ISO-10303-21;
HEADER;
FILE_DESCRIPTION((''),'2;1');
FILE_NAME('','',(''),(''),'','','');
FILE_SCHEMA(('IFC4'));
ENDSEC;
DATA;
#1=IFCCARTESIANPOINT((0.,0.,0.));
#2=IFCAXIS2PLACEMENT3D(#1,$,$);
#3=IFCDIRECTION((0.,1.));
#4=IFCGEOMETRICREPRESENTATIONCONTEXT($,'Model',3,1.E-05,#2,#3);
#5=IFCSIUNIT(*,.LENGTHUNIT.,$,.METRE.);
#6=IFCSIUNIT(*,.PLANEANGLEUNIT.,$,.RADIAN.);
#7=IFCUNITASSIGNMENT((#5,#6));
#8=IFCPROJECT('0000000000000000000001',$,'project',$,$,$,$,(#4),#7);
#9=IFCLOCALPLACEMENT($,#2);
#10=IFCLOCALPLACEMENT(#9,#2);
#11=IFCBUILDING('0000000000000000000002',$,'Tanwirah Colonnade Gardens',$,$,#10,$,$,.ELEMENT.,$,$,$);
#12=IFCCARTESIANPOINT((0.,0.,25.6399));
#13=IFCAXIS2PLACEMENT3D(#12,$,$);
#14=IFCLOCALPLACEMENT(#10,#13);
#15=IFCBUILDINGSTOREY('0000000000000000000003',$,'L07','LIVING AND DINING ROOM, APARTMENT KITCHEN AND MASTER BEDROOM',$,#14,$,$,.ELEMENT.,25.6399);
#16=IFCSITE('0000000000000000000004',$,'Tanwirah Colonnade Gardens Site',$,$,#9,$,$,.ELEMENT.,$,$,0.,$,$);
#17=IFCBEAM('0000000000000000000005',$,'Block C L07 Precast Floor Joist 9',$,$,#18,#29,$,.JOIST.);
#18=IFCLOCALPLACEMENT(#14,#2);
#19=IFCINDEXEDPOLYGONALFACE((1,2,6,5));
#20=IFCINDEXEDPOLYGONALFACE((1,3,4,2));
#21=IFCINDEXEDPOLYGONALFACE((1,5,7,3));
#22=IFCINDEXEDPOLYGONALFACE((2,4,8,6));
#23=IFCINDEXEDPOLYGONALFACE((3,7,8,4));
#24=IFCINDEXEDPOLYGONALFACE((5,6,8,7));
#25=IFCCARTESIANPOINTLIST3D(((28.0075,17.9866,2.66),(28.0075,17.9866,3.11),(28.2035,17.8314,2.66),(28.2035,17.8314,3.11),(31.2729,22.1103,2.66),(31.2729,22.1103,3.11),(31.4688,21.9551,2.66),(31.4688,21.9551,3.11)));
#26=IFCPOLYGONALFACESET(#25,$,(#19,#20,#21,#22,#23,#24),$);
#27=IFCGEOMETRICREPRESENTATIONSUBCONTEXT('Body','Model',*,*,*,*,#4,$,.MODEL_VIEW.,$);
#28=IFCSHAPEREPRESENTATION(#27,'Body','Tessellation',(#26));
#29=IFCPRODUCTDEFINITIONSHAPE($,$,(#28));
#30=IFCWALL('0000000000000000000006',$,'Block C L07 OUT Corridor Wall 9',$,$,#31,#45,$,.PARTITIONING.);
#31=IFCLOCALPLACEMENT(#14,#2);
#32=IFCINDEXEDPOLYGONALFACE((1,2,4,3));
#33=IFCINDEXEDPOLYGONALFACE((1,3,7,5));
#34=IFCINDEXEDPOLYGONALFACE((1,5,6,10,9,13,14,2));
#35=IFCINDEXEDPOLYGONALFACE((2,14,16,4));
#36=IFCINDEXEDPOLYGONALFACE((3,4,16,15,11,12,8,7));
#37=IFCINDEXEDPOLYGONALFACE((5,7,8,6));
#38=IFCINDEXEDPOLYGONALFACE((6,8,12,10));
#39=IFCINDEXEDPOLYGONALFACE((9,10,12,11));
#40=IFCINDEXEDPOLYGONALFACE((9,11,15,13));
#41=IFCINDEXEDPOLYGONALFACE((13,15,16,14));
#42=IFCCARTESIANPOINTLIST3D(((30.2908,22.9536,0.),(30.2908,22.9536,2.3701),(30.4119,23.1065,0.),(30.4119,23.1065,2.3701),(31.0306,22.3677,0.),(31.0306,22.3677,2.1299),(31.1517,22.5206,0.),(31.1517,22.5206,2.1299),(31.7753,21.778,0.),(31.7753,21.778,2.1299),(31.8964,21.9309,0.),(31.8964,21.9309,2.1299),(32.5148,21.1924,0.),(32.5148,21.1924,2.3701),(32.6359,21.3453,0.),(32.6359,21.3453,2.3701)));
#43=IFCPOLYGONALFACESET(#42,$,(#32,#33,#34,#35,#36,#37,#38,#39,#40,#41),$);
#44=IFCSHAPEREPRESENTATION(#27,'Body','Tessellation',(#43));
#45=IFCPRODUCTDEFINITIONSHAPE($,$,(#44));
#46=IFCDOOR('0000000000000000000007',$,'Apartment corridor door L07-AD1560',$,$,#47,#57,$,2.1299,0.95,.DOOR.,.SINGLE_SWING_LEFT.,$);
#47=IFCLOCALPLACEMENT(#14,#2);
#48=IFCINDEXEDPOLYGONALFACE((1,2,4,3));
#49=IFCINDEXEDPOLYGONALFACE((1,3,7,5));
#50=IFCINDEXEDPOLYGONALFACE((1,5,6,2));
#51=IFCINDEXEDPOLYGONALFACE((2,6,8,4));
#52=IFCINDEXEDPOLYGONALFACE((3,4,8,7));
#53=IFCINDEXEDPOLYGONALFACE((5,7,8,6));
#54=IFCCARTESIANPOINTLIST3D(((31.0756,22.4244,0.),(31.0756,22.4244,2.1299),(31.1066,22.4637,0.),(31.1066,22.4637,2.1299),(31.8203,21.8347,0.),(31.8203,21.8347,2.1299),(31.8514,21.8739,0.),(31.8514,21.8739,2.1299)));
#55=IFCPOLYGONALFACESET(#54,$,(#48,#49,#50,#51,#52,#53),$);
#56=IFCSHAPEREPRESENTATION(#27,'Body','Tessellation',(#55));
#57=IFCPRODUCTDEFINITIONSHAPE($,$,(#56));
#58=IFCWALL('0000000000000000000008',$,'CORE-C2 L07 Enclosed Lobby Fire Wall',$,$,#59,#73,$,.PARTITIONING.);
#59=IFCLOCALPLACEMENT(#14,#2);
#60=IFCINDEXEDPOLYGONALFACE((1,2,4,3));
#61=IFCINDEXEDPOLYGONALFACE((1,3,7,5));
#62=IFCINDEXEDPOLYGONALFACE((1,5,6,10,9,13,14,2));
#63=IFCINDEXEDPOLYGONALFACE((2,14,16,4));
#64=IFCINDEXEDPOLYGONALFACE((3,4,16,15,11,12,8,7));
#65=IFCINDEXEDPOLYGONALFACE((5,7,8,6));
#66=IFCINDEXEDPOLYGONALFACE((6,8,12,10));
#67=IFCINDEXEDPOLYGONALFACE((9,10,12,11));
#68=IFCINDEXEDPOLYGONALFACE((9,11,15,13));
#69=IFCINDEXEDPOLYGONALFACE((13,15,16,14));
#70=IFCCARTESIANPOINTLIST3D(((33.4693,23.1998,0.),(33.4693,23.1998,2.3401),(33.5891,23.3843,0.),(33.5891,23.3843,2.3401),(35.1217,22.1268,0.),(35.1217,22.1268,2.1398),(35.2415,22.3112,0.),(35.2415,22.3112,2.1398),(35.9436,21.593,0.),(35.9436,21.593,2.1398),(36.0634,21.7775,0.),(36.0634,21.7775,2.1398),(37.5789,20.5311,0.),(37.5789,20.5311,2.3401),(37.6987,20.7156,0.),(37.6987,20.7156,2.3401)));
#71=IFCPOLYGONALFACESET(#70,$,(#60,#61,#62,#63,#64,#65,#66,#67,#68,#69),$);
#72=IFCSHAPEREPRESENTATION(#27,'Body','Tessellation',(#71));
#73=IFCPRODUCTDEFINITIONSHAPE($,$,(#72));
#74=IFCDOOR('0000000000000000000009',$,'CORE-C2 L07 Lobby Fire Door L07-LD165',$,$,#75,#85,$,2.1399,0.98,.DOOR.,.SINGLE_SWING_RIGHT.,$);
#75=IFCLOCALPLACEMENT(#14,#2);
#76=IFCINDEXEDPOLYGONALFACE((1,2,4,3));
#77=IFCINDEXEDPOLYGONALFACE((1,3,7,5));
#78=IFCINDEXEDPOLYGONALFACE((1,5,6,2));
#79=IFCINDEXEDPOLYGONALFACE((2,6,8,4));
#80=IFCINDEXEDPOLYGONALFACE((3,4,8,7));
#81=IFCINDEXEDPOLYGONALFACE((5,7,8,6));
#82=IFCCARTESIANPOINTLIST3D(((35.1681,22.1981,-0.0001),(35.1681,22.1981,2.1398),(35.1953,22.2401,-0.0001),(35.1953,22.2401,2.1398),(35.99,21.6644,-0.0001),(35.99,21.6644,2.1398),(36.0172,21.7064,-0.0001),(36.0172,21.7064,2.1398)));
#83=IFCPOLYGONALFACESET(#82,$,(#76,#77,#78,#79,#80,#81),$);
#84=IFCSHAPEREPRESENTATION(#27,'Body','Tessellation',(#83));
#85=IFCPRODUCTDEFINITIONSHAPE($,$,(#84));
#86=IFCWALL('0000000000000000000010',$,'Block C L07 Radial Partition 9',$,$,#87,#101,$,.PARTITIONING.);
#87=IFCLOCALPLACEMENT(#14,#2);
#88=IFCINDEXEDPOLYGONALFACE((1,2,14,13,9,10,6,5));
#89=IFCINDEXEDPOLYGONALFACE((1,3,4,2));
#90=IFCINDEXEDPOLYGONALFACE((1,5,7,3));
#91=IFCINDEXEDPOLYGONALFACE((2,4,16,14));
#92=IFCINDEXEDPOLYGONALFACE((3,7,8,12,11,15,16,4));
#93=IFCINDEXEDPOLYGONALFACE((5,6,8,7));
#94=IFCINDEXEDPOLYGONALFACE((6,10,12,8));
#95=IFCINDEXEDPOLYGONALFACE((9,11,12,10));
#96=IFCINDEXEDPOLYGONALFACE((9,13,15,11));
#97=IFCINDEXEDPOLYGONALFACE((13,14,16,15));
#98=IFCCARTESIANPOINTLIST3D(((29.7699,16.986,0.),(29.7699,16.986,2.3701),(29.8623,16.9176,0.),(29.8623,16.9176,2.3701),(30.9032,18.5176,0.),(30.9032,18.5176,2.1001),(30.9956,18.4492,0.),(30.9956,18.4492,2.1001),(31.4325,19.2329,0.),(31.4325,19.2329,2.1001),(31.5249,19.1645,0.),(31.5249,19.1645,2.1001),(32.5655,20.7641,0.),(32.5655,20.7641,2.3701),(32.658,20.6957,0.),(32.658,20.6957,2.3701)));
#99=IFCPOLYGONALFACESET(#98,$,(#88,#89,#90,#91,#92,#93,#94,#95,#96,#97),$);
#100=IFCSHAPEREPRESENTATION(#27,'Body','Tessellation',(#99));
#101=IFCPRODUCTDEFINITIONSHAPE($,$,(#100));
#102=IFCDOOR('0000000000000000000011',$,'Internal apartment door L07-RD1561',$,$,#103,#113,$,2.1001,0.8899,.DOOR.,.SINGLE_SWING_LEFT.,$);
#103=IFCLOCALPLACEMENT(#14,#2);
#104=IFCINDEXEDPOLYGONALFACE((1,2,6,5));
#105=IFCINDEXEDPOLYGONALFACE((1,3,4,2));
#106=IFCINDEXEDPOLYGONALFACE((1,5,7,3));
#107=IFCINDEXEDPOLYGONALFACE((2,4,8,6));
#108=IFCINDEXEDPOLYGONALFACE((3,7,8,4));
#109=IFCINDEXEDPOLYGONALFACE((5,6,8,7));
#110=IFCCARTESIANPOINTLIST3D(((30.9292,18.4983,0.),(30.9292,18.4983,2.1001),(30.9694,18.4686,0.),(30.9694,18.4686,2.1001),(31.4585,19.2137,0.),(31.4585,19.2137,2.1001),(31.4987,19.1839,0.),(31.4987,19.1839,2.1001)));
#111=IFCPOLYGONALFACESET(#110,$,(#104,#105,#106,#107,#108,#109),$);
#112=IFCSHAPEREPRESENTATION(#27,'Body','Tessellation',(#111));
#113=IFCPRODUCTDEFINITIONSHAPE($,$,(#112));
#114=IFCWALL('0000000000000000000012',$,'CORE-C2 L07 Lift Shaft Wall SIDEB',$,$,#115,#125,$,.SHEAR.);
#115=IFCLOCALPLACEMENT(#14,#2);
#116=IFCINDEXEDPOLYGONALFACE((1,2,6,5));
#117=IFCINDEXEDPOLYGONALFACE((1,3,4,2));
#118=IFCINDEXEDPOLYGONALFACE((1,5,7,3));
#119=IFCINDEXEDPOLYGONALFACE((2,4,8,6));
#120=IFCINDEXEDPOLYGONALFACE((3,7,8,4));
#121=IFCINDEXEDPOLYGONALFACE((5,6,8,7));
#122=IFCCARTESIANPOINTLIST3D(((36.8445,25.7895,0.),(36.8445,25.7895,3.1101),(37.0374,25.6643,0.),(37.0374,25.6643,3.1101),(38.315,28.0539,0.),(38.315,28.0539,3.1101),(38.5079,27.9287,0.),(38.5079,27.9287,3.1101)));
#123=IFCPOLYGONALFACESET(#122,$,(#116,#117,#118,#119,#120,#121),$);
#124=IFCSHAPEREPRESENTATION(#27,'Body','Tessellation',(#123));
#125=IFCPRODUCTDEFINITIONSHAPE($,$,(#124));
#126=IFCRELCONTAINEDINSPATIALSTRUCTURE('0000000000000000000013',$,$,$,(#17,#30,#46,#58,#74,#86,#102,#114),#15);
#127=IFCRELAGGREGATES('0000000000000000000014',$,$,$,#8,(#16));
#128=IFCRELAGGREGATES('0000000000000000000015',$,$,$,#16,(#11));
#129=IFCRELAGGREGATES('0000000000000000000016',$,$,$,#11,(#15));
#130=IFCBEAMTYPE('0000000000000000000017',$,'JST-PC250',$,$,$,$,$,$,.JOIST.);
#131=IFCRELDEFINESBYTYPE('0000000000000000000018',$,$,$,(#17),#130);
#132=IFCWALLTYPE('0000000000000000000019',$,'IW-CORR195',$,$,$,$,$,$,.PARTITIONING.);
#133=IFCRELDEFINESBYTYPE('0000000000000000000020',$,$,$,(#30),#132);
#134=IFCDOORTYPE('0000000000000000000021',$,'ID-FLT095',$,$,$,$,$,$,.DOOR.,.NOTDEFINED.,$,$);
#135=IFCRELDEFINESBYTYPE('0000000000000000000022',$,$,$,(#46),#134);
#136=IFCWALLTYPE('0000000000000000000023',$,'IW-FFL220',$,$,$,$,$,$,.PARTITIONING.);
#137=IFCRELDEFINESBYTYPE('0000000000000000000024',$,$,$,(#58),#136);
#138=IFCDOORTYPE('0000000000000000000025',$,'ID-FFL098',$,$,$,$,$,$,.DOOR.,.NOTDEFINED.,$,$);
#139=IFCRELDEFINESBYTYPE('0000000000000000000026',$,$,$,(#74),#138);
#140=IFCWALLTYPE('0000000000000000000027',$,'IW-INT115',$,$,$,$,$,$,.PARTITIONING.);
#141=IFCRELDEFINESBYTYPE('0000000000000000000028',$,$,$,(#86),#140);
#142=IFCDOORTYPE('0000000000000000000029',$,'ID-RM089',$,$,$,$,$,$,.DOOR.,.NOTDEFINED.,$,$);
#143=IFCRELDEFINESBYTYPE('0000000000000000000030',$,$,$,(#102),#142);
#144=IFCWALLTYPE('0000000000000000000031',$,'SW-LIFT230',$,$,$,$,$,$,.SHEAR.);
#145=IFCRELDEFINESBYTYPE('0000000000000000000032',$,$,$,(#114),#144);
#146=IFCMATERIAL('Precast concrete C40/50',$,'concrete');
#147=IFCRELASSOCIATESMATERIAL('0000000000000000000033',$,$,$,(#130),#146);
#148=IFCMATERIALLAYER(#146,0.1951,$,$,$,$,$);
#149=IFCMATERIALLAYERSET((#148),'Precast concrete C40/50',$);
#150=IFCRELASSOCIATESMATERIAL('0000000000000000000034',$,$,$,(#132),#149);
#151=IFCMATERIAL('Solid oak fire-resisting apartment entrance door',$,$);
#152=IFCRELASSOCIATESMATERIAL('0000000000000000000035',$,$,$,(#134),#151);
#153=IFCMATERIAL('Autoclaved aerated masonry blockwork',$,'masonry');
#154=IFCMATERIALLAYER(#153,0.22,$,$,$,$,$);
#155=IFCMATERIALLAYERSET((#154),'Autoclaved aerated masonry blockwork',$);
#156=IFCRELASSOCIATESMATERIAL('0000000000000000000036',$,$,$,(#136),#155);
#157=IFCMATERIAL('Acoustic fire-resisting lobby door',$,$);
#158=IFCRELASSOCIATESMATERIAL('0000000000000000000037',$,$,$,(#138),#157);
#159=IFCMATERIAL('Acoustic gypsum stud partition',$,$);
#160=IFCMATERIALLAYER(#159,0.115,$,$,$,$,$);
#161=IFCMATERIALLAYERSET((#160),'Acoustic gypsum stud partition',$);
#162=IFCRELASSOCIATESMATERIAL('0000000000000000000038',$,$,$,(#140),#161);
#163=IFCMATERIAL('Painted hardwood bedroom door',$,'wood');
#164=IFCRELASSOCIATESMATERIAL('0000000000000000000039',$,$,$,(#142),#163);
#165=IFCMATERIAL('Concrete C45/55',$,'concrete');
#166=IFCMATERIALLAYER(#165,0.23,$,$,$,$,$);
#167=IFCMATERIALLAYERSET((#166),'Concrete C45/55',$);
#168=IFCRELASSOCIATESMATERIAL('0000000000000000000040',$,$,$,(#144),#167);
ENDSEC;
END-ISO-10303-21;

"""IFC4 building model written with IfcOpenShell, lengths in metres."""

from ifc_helpers import new_model, si_unit, direction, frame, frame_2d, origin, origin_2d, place, context, subcontext, project, spatial, rectangle, extrude, material, layer, layer_set, material_profile, profile_set, type_object, element, fill, save


model = new_model("IFC4")

# Units and contexts
model_context = context("Model", 3, precision=1e-05, world=origin(), true_north=direction((0.0, 1.0)))
body_context = subcontext(model_context, "Body", "Model", "MODEL_VIEW")
ifc_project = project(units=[si_unit("LENGTHUNIT", "METRE"), si_unit("PLANEANGLEUNIT", "RADIAN")], contexts=[model_context])

# Site, building, storey
site_placement = place(None, origin())
site = spatial("IfcSite", under=ifc_project, at=site_placement, Name="Tanwirah Colonnade Gardens Site", CompositionType="ELEMENT", RefElevation=0.0)
building_placement = place(site_placement, origin())
building = spatial("IfcBuilding", under=site, at=building_placement, Name="Tanwirah Colonnade Gardens", CompositionType="ELEMENT")
storey_placement = place(building_placement, frame((0.0, 0.0, 25.6399)))
storey = spatial("IfcBuildingStorey", under=building, at=storey_placement, Name="L07", Description="LIVING AND DINING ROOM, APARTMENT KITCHEN AND MASTER BEDROOM", CompositionType="ELEMENT", Elevation=25.6399)

# Shared definitions
ifc_material_1 = material(Name="Precast concrete C40/50", Category="concrete")

# Beam
ifc_material_profile_1 = material_profile(ifc_material_1, rectangle(XDim=0.25, YDim=0.45, at=origin_2d()), Name="PC-JST 250x450")
ifc_profile_set_1 = profile_set([ifc_material_profile_1], Name="Precast concrete C40/50")
beam_type_1 = type_object("IfcBeamType", Name="JST-PC250", PredefinedType="JOIST", material=ifc_profile_set_1)
beam_1_placement = place(storey_placement, frame((31.3708, 22.0327, 2.885), z_axis=(-0.620787, -0.783979, 0.0), x_axis=(0.783979, -0.620787, 0.0)))
element("IfcBeam", 1, at=beam_1_placement, inside=storey, type_object=beam_type_1, Name="Block C L07 Precast Floor Joist 9", PredefinedType="JOIST", context=body_context, shape_type="SweptSolid", body=[
    extrude(rectangle(XDim=0.25, YDim=0.45, at=origin_2d()), origin(), (0.0, 0.0, 1.0), 5.26),
])

# Walls, openings, doors
ifc_layer_1 = layer(ifc_material_1, 0.1951)
ifc_layer_set_1 = layer_set([ifc_layer_1], Name="Precast concrete C40/50")
wall_type_1 = type_object("IfcWallType", Name="IW-CORR195", PredefinedType="PARTITIONING", material=ifc_layer_set_1)
ifc_material_2 = material(Name="Solid oak fire-resisting apartment entrance door")
wall_1_placement = place(storey_placement, frame((30.3513, 23.03, 0.0), z_axis=(0.0, 0.0, 1.0), x_axis=(0.783966, -0.620804, 0.0)))
wall_1 = element("IfcWall", 2, at=wall_1_placement, inside=storey, type_object=wall_type_1, Name="Block C L07 OUT Corridor Wall 9", PredefinedType="PARTITIONING", context=body_context, shape_type="SweptSolid", body=[
    extrude(rectangle(XDim=2.8369, YDim=0.1951, at=frame_2d((1.4185, 0.0))), origin(), (0.0, 0.0, 1.0), 2.3701),
])
opening_1_placement = place(wall_1_placement, frame((0.9436, 0.0, 0.0)))
opening_1 = element("IfcOpeningElement", 3, at=opening_1_placement, cuts=wall_1, PredefinedType="OPENING", context=body_context, shape_type="SweptSolid", body=[
    extrude(rectangle(XDim=0.95, YDim=2.1299, at=frame_2d((0.4751, 1.0649))), frame((0.0, 0.1074, 0.0), z_axis=(0.0, -1.0, 0.0), x_axis=(1.0, 0.0, 0.0)), (0.0, 0.0, 1.0), 0.2151),
])
door_type_1 = type_object("IfcDoorType", Name="ID-FLT095", OperationType="NOTDEFINED", PredefinedType="DOOR", material=ifc_material_2)
door_1_placement = place(opening_1_placement, origin())
door_1 = element("IfcDoor", 4, at=door_1_placement, inside=storey, type_object=door_type_1, Name="Apartment corridor door L07-AD1560", OperationType="SINGLE_SWING_LEFT", OverallHeight=2.1299, OverallWidth=0.95, PredefinedType="DOOR", context=body_context, shape_type="SweptSolid", body=[
    extrude(rectangle(XDim=0.95, YDim=2.1299, at=frame_2d((0.4751, 1.0649))), frame((0.0, 0.0249, 0.0), z_axis=(0.0, -1.0, 0.0), x_axis=(1.0, 0.0, 0.0)), (0.0, 0.0, 1.0), 0.05),
])
fill(opening_1, door_1)
ifc_material_3 = material(Name="Autoclaved aerated masonry blockwork", Category="masonry")
ifc_layer_2 = layer(ifc_material_3, 0.22)
ifc_layer_set_2 = layer_set([ifc_layer_2], Name="Autoclaved aerated masonry blockwork")
wall_type_2 = type_object("IfcWallType", Name="IW-FFL220", PredefinedType="PARTITIONING", material=ifc_layer_set_2)
wall_2_placement = place(storey_placement, frame((37.6389, 20.6233, 0.0), z_axis=(0.0, 0.0, 1.0), x_axis=(-0.838681, 0.544622, 0.0)))
wall_2 = element("IfcWall", 5, at=wall_2_placement, inside=storey, type_object=wall_type_2, Name="CORE-C2 L07 Enclosed Lobby Fire Wall", PredefinedType="PARTITIONING", context=body_context, shape_type="SweptSolid", body=[
    extrude(rectangle(XDim=4.9001, YDim=0.22, at=frame_2d((2.4502, 0.0))), origin(), (0.0, 0.0, 1.0), 2.3401),
])
opening_2_placement = place(wall_2_placement, frame((1.95, 0.0, 0.0)))
opening_2 = element("IfcOpeningElement", 6, at=opening_2_placement, cuts=wall_2, PredefinedType="OPENING", context=body_context, shape_type="SweptSolid", body=[
    extrude(rectangle(XDim=0.98, YDim=2.1399, at=frame_2d((0.49, 1.0698))), frame((0.0, 0.1199, 0.0), z_axis=(0.0, -1.0, 0.0), x_axis=(1.0, 0.0, 0.0)), (0.0, 0.0, 1.0), 0.24),
])
ifc_material_4 = material(Name="Acoustic fire-resisting lobby door")
door_type_2 = type_object("IfcDoorType", Name="ID-FFL098", OperationType="NOTDEFINED", PredefinedType="DOOR", material=ifc_material_4)
door_2_placement = place(opening_2_placement, origin())
door_2 = element("IfcDoor", 7, at=door_2_placement, inside=storey, type_object=door_type_2, Name="CORE-C2 L07 Lobby Fire Door L07-LD165", OperationType="SINGLE_SWING_RIGHT", OverallHeight=2.1399, OverallWidth=0.98, PredefinedType="DOOR", context=body_context, shape_type="SweptSolid", body=[
    extrude(rectangle(XDim=0.98, YDim=2.1399, at=frame_2d((0.49, 1.0698))), frame((0.0, 0.0249, 0.0), z_axis=(0.0, -1.0, 0.0), x_axis=(1.0, 0.0, 0.0)), (0.0, 0.0, 1.0), 0.05),
])
fill(opening_2, door_2)
ifc_material_5 = material(Name="Acoustic gypsum stud partition")
ifc_layer_3 = layer(ifc_material_5, 0.115)
ifc_layer_set_3 = layer_set([ifc_layer_3], Name="Acoustic gypsum stud partition")
wall_type_3 = type_object("IfcWallType", Name="IW-INT115", PredefinedType="PARTITIONING", material=ifc_layer_set_3)
wall_3_placement = place(storey_placement, frame((32.6118, 20.73, 0.0), z_axis=(0.0, 0.0, 1.0), x_axis=(-0.594826, -0.803854, 0.0)))
wall_3 = element("IfcWall", 8, at=wall_3_placement, inside=storey, type_object=wall_type_3, Name="Block C L07 Radial Partition 9", PredefinedType="PARTITIONING", context=body_context, shape_type="SweptSolid", body=[
    extrude(rectangle(XDim=4.7, YDim=0.115, at=frame_2d((2.3501, 0.0))), origin(), (0.0, 0.0, 1.0), 2.3701),
])
opening_3_placement = place(wall_3_placement, frame((1.905, 0.0, 0.0)))
opening_3 = element("IfcOpeningElement", 9, at=opening_3_placement, cuts=wall_3, PredefinedType="OPENING", context=body_context, shape_type="SweptSolid", body=[
    extrude(rectangle(XDim=0.8899, YDim=2.1001, at=frame_2d((0.4448, 1.05))), frame((0.0, 0.0674, 0.0), z_axis=(0.0, -1.0, 0.0), x_axis=(1.0, 0.0, 0.0)), (0.0, 0.0, 1.0), 0.135),
])
ifc_material_6 = material(Name="Painted hardwood bedroom door", Category="wood")
door_type_3 = type_object("IfcDoorType", Name="ID-RM089", OperationType="NOTDEFINED", PredefinedType="DOOR", material=ifc_material_6)
door_3_placement = place(opening_3_placement, origin())
door_3 = element("IfcDoor", 10, at=door_3_placement, inside=storey, type_object=door_type_3, Name="Internal apartment door L07-RD1561", OperationType="SINGLE_SWING_LEFT", OverallHeight=2.1001, OverallWidth=0.8899, PredefinedType="DOOR", context=body_context, shape_type="SweptSolid", body=[
    extrude(rectangle(XDim=0.8899, YDim=2.1001, at=frame_2d((0.4448, 1.05))), frame((0.0, 0.0249, 0.0), z_axis=(0.0, -1.0, 0.0), x_axis=(1.0, 0.0, 0.0)), (0.0, 0.0, 1.0), 0.05),
])
fill(opening_3, door_3)
ifc_material_7 = material(Name="Concrete C45/55", Category="concrete")

# Wall
ifc_layer_4 = layer(ifc_material_7, 0.23)
ifc_layer_set_4 = layer_set([ifc_layer_4], Name="Concrete C45/55")
wall_type_4 = type_object("IfcWallType", Name="SW-LIFT230", PredefinedType="SHEAR", material=ifc_layer_set_4)
wall_4_placement = place(storey_placement, frame((36.9409, 25.7268, 0.0), z_axis=(0.0, 0.0, 1.0), x_axis=(0.544623, 0.838681, 0.0)))
element("IfcWall", 11, at=wall_4_placement, inside=storey, type_object=wall_type_4, Name="CORE-C2 L07 Lift Shaft Wall SIDEB", PredefinedType="SHEAR", context=body_context, shape_type="SweptSolid", body=[
    extrude(rectangle(XDim=2.7, YDim=0.23, at=frame_2d((1.3501, 0.0))), origin(), (0.0, 0.0, 1.0), 3.1101),
])

save(model, "model.ifc")
